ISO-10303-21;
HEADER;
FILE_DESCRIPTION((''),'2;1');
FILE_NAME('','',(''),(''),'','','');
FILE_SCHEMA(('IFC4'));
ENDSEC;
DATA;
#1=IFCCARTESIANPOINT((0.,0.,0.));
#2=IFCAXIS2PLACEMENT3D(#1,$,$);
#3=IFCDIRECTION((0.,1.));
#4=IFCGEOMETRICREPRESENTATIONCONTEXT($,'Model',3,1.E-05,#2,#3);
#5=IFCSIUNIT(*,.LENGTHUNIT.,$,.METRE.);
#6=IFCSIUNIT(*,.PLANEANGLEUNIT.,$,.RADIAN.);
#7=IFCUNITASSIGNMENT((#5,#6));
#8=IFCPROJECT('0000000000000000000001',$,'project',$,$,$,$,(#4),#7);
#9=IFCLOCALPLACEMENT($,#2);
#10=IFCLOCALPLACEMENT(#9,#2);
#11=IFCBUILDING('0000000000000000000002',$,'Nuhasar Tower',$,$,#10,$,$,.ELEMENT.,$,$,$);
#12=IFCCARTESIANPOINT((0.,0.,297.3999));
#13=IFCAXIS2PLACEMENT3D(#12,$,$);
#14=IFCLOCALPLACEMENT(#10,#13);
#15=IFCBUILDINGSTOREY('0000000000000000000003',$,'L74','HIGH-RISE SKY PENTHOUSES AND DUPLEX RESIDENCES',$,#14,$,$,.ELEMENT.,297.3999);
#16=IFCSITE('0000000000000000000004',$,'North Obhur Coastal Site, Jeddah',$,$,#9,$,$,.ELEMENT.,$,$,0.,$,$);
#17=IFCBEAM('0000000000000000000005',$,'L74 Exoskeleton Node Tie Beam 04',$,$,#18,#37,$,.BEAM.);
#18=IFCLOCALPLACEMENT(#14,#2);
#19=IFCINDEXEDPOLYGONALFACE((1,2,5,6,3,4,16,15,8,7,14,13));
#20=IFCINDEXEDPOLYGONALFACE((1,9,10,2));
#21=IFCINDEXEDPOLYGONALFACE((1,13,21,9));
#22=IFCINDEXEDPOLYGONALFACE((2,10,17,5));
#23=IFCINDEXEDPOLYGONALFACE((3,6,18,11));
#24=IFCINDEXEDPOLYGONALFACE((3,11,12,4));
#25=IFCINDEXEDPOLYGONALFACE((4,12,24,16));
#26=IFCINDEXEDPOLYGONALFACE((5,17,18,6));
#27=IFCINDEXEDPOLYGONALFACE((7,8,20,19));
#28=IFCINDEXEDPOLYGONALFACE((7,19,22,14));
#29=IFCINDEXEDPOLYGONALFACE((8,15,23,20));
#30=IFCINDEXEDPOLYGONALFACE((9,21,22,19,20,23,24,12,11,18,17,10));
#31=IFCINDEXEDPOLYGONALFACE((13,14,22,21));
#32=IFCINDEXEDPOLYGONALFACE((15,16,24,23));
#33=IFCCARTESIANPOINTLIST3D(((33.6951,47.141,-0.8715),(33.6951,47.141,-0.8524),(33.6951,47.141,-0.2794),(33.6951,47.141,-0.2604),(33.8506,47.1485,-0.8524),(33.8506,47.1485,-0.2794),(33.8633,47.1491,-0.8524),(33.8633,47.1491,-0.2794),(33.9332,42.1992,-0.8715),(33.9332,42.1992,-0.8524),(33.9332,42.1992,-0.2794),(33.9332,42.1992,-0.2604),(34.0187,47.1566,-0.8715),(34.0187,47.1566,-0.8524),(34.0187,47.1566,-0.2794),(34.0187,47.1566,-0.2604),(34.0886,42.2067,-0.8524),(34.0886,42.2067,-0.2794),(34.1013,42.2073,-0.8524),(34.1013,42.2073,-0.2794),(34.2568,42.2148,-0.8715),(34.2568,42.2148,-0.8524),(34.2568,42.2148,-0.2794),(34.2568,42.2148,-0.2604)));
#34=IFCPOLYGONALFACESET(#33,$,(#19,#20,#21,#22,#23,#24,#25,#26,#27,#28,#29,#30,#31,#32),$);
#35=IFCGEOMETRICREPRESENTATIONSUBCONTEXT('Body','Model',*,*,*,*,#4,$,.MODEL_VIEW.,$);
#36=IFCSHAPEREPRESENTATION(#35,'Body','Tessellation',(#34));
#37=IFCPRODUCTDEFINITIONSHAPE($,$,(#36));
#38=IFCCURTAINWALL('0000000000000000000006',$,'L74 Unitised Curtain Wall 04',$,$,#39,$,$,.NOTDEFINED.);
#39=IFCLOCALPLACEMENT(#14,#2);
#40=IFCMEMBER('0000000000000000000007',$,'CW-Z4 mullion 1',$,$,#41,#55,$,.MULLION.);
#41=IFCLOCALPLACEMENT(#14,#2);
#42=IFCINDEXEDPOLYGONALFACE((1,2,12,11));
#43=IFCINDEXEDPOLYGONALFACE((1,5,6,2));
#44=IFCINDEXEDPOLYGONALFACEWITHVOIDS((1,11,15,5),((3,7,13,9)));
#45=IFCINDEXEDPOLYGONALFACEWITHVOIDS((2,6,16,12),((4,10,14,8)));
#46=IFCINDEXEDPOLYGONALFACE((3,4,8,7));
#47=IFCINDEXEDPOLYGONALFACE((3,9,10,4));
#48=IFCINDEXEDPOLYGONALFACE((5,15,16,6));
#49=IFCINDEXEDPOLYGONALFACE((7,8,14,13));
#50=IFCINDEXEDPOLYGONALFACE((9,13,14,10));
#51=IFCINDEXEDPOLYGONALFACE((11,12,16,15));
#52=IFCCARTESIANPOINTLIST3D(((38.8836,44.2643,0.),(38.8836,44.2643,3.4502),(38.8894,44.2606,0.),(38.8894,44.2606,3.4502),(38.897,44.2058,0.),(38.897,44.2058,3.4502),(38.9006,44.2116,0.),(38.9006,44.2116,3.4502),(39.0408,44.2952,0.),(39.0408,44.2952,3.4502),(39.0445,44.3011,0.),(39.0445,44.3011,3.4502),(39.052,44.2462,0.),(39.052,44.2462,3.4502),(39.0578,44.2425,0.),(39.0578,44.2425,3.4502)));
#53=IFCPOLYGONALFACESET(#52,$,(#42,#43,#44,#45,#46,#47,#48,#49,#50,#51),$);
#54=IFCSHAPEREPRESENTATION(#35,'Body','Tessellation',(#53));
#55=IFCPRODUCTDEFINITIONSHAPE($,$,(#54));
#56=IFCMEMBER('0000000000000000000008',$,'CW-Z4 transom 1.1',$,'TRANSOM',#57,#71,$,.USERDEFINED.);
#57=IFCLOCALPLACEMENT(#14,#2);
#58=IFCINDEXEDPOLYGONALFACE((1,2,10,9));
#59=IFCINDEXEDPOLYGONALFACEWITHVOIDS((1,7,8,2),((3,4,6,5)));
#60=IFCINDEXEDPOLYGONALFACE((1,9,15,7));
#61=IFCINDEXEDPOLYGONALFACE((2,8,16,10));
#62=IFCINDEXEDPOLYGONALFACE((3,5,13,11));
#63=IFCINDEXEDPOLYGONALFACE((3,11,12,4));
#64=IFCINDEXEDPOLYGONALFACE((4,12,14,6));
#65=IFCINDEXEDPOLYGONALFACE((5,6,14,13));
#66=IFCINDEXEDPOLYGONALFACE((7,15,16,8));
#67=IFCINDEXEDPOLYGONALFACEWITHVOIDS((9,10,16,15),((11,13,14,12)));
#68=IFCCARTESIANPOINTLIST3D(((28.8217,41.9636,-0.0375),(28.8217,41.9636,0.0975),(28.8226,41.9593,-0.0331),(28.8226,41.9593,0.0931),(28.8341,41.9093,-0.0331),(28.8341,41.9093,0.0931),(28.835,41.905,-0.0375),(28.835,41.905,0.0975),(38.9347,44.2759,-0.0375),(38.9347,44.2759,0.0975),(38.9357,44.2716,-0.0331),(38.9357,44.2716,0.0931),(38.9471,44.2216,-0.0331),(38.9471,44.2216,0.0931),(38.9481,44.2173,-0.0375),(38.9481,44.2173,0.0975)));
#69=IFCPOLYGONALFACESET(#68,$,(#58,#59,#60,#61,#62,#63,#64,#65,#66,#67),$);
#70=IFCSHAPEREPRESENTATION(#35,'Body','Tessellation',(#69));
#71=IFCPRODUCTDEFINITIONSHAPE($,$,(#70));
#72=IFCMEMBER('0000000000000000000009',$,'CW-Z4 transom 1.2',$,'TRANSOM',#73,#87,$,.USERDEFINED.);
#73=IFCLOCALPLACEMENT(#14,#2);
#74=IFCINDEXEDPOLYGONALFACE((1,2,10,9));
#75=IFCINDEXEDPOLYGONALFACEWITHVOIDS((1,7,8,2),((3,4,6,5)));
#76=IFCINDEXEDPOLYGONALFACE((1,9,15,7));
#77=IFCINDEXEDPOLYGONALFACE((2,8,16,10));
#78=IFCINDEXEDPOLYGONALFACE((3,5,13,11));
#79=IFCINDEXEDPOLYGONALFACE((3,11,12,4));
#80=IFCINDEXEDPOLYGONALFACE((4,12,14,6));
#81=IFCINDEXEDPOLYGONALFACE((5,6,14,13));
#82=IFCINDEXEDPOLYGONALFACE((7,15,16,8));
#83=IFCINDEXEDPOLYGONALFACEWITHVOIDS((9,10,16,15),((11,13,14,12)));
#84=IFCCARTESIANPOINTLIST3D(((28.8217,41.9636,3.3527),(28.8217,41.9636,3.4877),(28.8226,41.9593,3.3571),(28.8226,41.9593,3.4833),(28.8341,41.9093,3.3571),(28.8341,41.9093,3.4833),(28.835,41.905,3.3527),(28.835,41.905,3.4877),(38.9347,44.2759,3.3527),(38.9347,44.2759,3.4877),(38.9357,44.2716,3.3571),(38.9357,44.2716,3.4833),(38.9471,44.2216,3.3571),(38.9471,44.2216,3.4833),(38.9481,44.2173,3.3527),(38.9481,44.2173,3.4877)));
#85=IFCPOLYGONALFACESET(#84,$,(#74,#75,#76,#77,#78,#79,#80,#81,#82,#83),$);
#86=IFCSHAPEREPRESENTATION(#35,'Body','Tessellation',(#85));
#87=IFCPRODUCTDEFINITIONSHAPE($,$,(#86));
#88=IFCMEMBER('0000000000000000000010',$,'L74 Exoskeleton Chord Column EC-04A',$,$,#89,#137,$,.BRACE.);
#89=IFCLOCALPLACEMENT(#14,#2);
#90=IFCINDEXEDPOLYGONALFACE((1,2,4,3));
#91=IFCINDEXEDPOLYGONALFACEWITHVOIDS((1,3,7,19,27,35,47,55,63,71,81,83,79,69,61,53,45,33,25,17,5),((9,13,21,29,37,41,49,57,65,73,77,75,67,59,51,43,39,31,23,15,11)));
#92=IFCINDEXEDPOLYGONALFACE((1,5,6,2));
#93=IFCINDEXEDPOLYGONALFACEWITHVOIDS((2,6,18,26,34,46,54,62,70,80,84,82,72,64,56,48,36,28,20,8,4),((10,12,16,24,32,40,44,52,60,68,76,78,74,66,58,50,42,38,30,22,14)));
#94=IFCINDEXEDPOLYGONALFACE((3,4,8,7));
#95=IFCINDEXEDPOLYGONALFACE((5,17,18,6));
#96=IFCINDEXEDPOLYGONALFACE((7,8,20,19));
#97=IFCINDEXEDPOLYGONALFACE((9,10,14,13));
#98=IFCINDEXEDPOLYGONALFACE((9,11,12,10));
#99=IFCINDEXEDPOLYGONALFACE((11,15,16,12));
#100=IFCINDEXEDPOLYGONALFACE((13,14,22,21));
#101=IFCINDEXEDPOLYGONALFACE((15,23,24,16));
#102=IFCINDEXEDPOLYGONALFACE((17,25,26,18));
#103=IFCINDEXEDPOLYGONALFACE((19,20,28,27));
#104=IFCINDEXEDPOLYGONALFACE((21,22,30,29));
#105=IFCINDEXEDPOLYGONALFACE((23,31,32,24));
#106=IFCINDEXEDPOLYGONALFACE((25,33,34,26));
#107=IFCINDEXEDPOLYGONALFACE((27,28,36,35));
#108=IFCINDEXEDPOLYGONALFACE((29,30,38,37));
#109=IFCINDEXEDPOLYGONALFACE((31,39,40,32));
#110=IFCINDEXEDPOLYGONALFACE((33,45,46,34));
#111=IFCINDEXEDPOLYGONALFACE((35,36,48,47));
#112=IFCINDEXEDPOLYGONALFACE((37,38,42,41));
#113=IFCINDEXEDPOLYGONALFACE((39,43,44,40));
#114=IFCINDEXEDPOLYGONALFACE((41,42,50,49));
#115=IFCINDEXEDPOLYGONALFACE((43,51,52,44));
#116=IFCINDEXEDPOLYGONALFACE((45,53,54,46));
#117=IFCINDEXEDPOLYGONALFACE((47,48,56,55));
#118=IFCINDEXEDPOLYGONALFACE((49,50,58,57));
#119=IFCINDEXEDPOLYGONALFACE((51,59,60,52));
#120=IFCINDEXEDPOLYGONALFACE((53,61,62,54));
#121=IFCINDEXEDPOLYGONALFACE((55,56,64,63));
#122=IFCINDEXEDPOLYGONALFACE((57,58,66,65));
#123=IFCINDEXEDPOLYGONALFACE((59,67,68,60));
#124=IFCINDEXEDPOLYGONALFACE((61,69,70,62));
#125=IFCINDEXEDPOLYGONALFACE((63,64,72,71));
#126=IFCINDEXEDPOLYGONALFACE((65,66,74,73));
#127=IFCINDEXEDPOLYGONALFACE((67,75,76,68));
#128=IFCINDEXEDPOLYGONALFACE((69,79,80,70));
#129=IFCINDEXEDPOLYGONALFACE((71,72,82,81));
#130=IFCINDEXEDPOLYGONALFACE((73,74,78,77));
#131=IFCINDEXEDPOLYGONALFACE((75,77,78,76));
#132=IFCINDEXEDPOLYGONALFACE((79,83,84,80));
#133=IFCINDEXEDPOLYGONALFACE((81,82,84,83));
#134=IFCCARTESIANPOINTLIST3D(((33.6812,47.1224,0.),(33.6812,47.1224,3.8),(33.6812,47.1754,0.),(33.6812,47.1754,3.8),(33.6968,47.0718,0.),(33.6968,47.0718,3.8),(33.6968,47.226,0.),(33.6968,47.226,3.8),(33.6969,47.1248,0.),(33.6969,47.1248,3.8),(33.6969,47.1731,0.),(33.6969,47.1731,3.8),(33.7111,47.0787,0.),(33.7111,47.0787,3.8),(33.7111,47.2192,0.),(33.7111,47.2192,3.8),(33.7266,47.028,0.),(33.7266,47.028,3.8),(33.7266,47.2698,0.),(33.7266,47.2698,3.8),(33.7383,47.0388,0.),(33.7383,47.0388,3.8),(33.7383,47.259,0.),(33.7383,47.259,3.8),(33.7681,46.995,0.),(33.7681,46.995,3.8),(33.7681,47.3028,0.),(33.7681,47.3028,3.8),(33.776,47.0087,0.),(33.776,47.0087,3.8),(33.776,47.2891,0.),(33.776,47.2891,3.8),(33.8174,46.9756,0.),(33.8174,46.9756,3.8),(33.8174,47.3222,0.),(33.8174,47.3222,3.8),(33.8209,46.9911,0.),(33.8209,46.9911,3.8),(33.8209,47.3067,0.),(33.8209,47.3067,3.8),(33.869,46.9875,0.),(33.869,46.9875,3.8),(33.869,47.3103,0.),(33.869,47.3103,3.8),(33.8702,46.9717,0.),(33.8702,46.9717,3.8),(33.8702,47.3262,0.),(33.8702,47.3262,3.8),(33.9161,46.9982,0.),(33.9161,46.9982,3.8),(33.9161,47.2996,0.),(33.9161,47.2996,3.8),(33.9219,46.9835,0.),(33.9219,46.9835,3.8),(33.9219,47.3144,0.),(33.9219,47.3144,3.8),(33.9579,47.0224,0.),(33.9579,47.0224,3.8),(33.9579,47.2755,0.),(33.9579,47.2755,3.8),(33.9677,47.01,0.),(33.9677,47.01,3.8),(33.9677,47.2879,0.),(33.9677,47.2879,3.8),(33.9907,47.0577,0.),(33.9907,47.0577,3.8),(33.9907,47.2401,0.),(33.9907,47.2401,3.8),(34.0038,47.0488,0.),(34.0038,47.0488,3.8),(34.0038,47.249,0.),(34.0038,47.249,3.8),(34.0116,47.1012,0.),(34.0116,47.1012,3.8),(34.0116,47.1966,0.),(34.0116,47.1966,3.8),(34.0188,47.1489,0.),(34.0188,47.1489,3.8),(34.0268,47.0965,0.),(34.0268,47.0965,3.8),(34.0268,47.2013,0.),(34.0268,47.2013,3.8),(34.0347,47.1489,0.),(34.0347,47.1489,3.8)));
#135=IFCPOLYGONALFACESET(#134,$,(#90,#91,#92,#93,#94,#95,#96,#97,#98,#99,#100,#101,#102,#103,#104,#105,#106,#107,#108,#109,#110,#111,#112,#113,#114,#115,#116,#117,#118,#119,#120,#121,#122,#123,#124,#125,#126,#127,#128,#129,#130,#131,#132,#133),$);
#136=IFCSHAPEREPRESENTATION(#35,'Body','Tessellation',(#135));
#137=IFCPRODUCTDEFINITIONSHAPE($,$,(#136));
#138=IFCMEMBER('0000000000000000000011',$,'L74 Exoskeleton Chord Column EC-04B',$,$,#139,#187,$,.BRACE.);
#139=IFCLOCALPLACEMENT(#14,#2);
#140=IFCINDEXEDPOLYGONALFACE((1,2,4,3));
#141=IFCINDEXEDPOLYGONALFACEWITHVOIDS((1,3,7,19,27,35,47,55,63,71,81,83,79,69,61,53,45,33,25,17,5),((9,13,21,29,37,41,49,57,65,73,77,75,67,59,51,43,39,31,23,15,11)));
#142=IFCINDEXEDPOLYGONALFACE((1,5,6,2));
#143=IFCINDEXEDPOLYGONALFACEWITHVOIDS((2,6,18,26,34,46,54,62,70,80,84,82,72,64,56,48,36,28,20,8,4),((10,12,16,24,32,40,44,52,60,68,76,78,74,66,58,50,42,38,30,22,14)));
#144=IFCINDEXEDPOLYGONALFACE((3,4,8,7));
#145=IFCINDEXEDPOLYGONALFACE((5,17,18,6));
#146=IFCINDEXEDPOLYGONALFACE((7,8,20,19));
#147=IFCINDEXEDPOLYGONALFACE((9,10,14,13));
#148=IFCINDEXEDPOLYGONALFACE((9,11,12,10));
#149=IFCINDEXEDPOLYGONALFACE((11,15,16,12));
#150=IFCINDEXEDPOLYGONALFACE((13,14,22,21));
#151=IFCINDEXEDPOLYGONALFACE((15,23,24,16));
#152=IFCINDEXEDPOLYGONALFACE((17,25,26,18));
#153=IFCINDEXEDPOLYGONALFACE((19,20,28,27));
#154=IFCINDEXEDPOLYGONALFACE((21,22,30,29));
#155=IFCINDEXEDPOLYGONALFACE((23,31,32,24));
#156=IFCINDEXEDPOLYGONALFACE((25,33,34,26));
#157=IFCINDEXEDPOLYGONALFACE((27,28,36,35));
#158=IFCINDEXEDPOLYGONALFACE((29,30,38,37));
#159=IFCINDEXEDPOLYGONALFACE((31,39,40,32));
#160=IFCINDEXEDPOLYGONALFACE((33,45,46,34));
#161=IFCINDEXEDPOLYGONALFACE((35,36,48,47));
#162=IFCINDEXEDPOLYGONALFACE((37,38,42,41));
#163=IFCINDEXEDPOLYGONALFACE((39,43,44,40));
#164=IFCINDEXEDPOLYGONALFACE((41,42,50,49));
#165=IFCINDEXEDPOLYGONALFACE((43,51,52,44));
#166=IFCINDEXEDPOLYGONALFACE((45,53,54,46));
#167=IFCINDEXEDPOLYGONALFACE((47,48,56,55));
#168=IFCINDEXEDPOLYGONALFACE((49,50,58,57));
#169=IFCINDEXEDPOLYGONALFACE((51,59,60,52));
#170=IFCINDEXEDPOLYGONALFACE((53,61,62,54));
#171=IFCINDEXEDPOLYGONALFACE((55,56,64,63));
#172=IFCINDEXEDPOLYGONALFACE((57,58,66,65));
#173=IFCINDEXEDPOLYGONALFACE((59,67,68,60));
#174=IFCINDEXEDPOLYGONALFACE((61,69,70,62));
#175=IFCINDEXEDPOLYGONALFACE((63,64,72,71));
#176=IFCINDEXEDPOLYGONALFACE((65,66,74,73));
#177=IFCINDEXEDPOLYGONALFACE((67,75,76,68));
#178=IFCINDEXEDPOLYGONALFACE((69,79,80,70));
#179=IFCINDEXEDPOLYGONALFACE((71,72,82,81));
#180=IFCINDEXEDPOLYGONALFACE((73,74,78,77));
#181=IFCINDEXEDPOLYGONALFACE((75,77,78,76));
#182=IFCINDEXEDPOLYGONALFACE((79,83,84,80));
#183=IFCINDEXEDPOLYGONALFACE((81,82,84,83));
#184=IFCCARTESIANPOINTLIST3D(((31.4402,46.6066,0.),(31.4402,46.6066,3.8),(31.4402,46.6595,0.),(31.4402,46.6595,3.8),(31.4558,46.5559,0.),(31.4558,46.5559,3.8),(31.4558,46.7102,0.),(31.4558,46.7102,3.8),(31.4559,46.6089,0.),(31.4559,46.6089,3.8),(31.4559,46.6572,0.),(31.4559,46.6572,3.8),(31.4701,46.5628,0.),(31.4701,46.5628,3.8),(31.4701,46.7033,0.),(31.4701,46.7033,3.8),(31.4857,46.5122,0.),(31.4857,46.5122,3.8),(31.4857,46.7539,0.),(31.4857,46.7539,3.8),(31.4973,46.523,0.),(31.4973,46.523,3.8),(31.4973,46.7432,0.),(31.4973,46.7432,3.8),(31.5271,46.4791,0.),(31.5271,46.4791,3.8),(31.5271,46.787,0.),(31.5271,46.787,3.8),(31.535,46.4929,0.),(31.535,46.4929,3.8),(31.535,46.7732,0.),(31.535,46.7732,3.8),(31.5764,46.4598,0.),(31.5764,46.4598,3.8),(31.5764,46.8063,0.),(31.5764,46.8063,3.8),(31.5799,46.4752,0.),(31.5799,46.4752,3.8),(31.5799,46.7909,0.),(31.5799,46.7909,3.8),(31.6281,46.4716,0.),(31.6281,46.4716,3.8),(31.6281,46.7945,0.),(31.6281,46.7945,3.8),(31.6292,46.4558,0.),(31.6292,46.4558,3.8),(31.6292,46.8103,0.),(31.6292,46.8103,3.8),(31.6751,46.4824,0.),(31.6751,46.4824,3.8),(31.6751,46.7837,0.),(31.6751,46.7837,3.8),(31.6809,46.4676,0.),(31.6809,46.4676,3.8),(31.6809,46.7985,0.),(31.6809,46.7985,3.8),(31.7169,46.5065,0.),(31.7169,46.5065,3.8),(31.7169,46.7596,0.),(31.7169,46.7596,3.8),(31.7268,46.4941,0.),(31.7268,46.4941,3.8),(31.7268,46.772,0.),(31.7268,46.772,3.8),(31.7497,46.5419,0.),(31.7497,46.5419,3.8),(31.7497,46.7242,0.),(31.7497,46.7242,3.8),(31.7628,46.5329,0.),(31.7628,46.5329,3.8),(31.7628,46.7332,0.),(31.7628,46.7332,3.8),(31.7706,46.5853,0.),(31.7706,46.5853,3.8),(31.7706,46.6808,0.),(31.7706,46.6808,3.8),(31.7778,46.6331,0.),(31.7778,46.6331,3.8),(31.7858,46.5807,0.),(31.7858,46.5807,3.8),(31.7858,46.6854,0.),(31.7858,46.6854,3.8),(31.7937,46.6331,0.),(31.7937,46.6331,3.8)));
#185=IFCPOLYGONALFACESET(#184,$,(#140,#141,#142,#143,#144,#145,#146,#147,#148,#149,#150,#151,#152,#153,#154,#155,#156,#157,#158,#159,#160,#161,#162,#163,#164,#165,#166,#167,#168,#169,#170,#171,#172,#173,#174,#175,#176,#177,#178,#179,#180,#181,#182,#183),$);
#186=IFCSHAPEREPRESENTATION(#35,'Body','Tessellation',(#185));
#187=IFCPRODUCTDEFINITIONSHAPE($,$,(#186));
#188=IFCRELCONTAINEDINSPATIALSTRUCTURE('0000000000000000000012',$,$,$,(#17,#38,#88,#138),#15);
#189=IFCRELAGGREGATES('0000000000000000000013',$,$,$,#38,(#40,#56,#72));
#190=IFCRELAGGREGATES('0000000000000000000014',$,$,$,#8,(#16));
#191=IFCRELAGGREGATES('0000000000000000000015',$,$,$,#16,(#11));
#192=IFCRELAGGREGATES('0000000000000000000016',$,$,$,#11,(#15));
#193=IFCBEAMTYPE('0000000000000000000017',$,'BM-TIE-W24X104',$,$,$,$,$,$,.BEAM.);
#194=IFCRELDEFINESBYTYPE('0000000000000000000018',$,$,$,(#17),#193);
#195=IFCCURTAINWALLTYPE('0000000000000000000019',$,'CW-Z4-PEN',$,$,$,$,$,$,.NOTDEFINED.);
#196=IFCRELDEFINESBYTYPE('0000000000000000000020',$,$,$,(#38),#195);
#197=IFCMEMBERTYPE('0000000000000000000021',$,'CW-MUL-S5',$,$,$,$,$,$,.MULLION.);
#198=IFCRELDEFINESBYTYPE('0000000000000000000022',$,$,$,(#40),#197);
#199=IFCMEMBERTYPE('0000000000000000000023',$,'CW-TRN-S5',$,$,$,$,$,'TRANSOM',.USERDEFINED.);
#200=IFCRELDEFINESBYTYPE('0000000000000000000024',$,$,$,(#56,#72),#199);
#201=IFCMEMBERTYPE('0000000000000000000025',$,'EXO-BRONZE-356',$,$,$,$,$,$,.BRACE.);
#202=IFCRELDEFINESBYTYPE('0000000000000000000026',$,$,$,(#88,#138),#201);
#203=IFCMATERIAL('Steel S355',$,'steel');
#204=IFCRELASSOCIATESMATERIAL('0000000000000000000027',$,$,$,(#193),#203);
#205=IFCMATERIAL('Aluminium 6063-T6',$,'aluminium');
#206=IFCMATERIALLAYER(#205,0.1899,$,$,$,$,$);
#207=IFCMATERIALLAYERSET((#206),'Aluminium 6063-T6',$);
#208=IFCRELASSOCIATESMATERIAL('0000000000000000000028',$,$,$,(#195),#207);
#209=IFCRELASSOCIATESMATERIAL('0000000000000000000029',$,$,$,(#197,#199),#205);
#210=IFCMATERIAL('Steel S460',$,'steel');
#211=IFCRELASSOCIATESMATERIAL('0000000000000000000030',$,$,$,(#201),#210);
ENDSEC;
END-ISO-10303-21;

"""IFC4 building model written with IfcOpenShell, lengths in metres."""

from ifc_helpers import new_model, si_unit, direction, frame, origin, origin_2d, place, context, subcontext, project, spatial, hollow_rectangle, hollow_circle, i_section, extrude, material, layer, layer_set, material_profile, profile_set, type_object, element, aggregate, save


model = new_model("IFC4")

# Units and contexts
model_context = context("Model", 3, precision=1e-05, world=origin(), true_north=direction((0.0, 1.0)))
body_context = subcontext(model_context, "Body", "Model", "MODEL_VIEW")
ifc_project = project(units=[si_unit("LENGTHUNIT", "METRE"), si_unit("PLANEANGLEUNIT", "RADIAN")], contexts=[model_context])

# Site, building, storey
site_placement = place(None, origin())
site = spatial("IfcSite", under=ifc_project, at=site_placement, Name="North Obhur Coastal Site, Jeddah", CompositionType="ELEMENT", RefElevation=0.0)
building_placement = place(site_placement, origin())
building = spatial("IfcBuilding", under=site, at=building_placement, Name="Nuhasar Tower", CompositionType="ELEMENT")
storey_placement = place(building_placement, frame((0.0, 0.0, 297.3999)))
storey = spatial("IfcBuildingStorey", under=building, at=storey_placement, Name="L74", Description="HIGH-RISE SKY PENTHOUSES AND DUPLEX RESIDENCES", CompositionType="ELEMENT", Elevation=297.3999)

# Beam
ifc_material_1 = material(Name="Steel S355", Category="steel")
ifc_material_profile_1 = material_profile(ifc_material_1, i_section(OverallWidth=0.324, OverallDepth=0.6111, WebThickness=0.0127, FlangeThickness=0.019, at=origin_2d()), Name="W24X104")
ifc_profile_set_1 = profile_set([ifc_material_profile_1], Name="Steel S355")
beam_type_1 = type_object("IfcBeamType", Name="BM-TIE-W24X104", PredefinedType="BEAM", material=ifc_profile_set_1)
beam_1_placement = place(storey_placement, frame((34.095, 42.207, -0.5659), z_axis=(-0.048111, 0.998842, 0.0), x_axis=(-0.998842, -0.048111, 0.0)))
element("IfcBeam", 1, at=beam_1_placement, inside=storey, type_object=beam_type_1, Name="L74 Exoskeleton Node Tie Beam 04", PredefinedType="BEAM", context=body_context, shape_type="SweptSolid", body=[
    extrude(i_section(OverallWidth=0.324, OverallDepth=0.6111, WebThickness=0.0127, FlangeThickness=0.019, at=origin_2d()), origin(), (0.0, 0.0, 1.0), 4.9475),
])

# Curtain wall, members
ifc_material_2 = material(Name="Aluminium 6063-T6", Category="aluminium")
ifc_layer_1 = layer(ifc_material_2, 0.1899)
ifc_layer_set_1 = layer_set([ifc_layer_1], Name="Aluminium 6063-T6")
curtain_wall_type = type_object("IfcCurtainWallType", Name="CW-Z4-PEN", PredefinedType="NOTDEFINED", material=ifc_layer_set_1)
curtain_wall_placement = place(storey_placement, origin())
curtain_wall = element("IfcCurtainWall", 2, at=curtain_wall_placement, inside=storey, type_object=curtain_wall_type, Name="L74 Unitised Curtain Wall 04", PredefinedType="NOTDEFINED")
ifc_material_profile_2 = material_profile(ifc_material_2, hollow_rectangle(XDim=0.0601, YDim=0.165, WallThickness=0.0049, at=origin_2d()), Name="CWM-5")
ifc_profile_set_2 = profile_set([ifc_material_profile_2], Name="Aluminium 6063-T6")
member_type_1 = type_object("IfcMemberType", Name="CW-MUL-S5", PredefinedType="MULLION", material=ifc_profile_set_2)
member_1_placement = place(storey_placement, frame((38.9707, 44.2534, 0.0), z_axis=(0.0, 0.0, 1.0), x_axis=(0.222889, -0.974844, 0.0)))
member_1 = element("IfcMember", 3, at=member_1_placement, type_object=member_type_1, Name="CW-Z4 mullion 1", PredefinedType="MULLION", context=body_context, shape_type="SweptSolid", body=[
    extrude(hollow_rectangle(XDim=0.0601, YDim=0.165, WallThickness=0.0049, at=origin_2d()), origin(), (0.0, 0.0, 1.0), 3.4502),
])
ifc_material_profile_3 = material_profile(ifc_material_2, hollow_rectangle(XDim=0.0601, YDim=0.135, WallThickness=0.0044, at=origin_2d()), Name="CWT-5")
ifc_profile_set_3 = profile_set([ifc_material_profile_3], Name="Aluminium 6063-T6")
member_type_2 = type_object("IfcMemberType", Name="CW-TRN-S5", ElementType="TRANSOM", PredefinedType="USERDEFINED", material=ifc_profile_set_3)
member_2_placement = place(storey_placement, frame((38.9414, 44.2466, 0.03), z_axis=(-0.974844, -0.222889, 0.0), x_axis=(0.222889, -0.974844, 0.0)))
member_2 = element("IfcMember", 4, at=member_2_placement, type_object=member_type_2, Name="CW-Z4 transom 1.1", ObjectType="TRANSOM", PredefinedType="USERDEFINED", context=body_context, shape_type="SweptSolid", body=[
    extrude(hollow_rectangle(XDim=0.0601, YDim=0.135, WallThickness=0.0044, at=origin_2d()), origin(), (0.0, 0.0, 1.0), 10.374),
])
member_3_placement = place(storey_placement, frame((38.9414, 44.2466, 3.4202), z_axis=(-0.974844, -0.222889, 0.0), x_axis=(0.222889, -0.974844, 0.0)))
member_3 = element("IfcMember", 5, at=member_3_placement, type_object=member_type_2, Name="CW-Z4 transom 1.2", ObjectType="TRANSOM", PredefinedType="USERDEFINED", context=body_context, shape_type="SweptSolid", body=[
    extrude(hollow_rectangle(XDim=0.0601, YDim=0.135, WallThickness=0.0044, at=origin_2d()), origin(), (0.0, 0.0, 1.0), 10.374),
])

# Members
ifc_material_3 = material(Name="Steel S460", Category="steel")
ifc_material_profile_4 = material_profile(ifc_material_3, hollow_circle(Radius=0.1777, WallThickness=0.0159, at=origin_2d()), Name="HSS355.6X15.9")
ifc_profile_set_4 = profile_set([ifc_material_profile_4], Name="Steel S460")
member_type_3 = type_object("IfcMemberType", Name="EXO-BRONZE-356", PredefinedType="BRACE", material=ifc_profile_set_4)
for number, where, z_axis, x_axis, name in (
    (6, (33.8569, 47.1489, 0.0), (0.0, 0.0, 1.0), (1.0, 0.0, 0.0), "L74 Exoskeleton Chord Column EC-04A"),
    (7, (31.616, 46.6331, 0.0), (0.0, 0.0, 1.0), (1.0, 0.0, 0.0), "L74 Exoskeleton Chord Column EC-04B"),
):
    element("IfcMember", number, at=place(storey_placement, frame(where, z_axis=z_axis, x_axis=x_axis)), inside=storey, type_object=member_type_3, Name=name, PredefinedType="BRACE", context=body_context, shape_type="SweptSolid", body=[
        extrude(hollow_circle(Radius=0.1777, WallThickness=0.0159, at=origin_2d()), origin(), (0.0, 0.0, 1.0), 3.8),
    ])

aggregate(curtain_wall, [member_1, member_2, member_3])

save(model, "model.ifc")
